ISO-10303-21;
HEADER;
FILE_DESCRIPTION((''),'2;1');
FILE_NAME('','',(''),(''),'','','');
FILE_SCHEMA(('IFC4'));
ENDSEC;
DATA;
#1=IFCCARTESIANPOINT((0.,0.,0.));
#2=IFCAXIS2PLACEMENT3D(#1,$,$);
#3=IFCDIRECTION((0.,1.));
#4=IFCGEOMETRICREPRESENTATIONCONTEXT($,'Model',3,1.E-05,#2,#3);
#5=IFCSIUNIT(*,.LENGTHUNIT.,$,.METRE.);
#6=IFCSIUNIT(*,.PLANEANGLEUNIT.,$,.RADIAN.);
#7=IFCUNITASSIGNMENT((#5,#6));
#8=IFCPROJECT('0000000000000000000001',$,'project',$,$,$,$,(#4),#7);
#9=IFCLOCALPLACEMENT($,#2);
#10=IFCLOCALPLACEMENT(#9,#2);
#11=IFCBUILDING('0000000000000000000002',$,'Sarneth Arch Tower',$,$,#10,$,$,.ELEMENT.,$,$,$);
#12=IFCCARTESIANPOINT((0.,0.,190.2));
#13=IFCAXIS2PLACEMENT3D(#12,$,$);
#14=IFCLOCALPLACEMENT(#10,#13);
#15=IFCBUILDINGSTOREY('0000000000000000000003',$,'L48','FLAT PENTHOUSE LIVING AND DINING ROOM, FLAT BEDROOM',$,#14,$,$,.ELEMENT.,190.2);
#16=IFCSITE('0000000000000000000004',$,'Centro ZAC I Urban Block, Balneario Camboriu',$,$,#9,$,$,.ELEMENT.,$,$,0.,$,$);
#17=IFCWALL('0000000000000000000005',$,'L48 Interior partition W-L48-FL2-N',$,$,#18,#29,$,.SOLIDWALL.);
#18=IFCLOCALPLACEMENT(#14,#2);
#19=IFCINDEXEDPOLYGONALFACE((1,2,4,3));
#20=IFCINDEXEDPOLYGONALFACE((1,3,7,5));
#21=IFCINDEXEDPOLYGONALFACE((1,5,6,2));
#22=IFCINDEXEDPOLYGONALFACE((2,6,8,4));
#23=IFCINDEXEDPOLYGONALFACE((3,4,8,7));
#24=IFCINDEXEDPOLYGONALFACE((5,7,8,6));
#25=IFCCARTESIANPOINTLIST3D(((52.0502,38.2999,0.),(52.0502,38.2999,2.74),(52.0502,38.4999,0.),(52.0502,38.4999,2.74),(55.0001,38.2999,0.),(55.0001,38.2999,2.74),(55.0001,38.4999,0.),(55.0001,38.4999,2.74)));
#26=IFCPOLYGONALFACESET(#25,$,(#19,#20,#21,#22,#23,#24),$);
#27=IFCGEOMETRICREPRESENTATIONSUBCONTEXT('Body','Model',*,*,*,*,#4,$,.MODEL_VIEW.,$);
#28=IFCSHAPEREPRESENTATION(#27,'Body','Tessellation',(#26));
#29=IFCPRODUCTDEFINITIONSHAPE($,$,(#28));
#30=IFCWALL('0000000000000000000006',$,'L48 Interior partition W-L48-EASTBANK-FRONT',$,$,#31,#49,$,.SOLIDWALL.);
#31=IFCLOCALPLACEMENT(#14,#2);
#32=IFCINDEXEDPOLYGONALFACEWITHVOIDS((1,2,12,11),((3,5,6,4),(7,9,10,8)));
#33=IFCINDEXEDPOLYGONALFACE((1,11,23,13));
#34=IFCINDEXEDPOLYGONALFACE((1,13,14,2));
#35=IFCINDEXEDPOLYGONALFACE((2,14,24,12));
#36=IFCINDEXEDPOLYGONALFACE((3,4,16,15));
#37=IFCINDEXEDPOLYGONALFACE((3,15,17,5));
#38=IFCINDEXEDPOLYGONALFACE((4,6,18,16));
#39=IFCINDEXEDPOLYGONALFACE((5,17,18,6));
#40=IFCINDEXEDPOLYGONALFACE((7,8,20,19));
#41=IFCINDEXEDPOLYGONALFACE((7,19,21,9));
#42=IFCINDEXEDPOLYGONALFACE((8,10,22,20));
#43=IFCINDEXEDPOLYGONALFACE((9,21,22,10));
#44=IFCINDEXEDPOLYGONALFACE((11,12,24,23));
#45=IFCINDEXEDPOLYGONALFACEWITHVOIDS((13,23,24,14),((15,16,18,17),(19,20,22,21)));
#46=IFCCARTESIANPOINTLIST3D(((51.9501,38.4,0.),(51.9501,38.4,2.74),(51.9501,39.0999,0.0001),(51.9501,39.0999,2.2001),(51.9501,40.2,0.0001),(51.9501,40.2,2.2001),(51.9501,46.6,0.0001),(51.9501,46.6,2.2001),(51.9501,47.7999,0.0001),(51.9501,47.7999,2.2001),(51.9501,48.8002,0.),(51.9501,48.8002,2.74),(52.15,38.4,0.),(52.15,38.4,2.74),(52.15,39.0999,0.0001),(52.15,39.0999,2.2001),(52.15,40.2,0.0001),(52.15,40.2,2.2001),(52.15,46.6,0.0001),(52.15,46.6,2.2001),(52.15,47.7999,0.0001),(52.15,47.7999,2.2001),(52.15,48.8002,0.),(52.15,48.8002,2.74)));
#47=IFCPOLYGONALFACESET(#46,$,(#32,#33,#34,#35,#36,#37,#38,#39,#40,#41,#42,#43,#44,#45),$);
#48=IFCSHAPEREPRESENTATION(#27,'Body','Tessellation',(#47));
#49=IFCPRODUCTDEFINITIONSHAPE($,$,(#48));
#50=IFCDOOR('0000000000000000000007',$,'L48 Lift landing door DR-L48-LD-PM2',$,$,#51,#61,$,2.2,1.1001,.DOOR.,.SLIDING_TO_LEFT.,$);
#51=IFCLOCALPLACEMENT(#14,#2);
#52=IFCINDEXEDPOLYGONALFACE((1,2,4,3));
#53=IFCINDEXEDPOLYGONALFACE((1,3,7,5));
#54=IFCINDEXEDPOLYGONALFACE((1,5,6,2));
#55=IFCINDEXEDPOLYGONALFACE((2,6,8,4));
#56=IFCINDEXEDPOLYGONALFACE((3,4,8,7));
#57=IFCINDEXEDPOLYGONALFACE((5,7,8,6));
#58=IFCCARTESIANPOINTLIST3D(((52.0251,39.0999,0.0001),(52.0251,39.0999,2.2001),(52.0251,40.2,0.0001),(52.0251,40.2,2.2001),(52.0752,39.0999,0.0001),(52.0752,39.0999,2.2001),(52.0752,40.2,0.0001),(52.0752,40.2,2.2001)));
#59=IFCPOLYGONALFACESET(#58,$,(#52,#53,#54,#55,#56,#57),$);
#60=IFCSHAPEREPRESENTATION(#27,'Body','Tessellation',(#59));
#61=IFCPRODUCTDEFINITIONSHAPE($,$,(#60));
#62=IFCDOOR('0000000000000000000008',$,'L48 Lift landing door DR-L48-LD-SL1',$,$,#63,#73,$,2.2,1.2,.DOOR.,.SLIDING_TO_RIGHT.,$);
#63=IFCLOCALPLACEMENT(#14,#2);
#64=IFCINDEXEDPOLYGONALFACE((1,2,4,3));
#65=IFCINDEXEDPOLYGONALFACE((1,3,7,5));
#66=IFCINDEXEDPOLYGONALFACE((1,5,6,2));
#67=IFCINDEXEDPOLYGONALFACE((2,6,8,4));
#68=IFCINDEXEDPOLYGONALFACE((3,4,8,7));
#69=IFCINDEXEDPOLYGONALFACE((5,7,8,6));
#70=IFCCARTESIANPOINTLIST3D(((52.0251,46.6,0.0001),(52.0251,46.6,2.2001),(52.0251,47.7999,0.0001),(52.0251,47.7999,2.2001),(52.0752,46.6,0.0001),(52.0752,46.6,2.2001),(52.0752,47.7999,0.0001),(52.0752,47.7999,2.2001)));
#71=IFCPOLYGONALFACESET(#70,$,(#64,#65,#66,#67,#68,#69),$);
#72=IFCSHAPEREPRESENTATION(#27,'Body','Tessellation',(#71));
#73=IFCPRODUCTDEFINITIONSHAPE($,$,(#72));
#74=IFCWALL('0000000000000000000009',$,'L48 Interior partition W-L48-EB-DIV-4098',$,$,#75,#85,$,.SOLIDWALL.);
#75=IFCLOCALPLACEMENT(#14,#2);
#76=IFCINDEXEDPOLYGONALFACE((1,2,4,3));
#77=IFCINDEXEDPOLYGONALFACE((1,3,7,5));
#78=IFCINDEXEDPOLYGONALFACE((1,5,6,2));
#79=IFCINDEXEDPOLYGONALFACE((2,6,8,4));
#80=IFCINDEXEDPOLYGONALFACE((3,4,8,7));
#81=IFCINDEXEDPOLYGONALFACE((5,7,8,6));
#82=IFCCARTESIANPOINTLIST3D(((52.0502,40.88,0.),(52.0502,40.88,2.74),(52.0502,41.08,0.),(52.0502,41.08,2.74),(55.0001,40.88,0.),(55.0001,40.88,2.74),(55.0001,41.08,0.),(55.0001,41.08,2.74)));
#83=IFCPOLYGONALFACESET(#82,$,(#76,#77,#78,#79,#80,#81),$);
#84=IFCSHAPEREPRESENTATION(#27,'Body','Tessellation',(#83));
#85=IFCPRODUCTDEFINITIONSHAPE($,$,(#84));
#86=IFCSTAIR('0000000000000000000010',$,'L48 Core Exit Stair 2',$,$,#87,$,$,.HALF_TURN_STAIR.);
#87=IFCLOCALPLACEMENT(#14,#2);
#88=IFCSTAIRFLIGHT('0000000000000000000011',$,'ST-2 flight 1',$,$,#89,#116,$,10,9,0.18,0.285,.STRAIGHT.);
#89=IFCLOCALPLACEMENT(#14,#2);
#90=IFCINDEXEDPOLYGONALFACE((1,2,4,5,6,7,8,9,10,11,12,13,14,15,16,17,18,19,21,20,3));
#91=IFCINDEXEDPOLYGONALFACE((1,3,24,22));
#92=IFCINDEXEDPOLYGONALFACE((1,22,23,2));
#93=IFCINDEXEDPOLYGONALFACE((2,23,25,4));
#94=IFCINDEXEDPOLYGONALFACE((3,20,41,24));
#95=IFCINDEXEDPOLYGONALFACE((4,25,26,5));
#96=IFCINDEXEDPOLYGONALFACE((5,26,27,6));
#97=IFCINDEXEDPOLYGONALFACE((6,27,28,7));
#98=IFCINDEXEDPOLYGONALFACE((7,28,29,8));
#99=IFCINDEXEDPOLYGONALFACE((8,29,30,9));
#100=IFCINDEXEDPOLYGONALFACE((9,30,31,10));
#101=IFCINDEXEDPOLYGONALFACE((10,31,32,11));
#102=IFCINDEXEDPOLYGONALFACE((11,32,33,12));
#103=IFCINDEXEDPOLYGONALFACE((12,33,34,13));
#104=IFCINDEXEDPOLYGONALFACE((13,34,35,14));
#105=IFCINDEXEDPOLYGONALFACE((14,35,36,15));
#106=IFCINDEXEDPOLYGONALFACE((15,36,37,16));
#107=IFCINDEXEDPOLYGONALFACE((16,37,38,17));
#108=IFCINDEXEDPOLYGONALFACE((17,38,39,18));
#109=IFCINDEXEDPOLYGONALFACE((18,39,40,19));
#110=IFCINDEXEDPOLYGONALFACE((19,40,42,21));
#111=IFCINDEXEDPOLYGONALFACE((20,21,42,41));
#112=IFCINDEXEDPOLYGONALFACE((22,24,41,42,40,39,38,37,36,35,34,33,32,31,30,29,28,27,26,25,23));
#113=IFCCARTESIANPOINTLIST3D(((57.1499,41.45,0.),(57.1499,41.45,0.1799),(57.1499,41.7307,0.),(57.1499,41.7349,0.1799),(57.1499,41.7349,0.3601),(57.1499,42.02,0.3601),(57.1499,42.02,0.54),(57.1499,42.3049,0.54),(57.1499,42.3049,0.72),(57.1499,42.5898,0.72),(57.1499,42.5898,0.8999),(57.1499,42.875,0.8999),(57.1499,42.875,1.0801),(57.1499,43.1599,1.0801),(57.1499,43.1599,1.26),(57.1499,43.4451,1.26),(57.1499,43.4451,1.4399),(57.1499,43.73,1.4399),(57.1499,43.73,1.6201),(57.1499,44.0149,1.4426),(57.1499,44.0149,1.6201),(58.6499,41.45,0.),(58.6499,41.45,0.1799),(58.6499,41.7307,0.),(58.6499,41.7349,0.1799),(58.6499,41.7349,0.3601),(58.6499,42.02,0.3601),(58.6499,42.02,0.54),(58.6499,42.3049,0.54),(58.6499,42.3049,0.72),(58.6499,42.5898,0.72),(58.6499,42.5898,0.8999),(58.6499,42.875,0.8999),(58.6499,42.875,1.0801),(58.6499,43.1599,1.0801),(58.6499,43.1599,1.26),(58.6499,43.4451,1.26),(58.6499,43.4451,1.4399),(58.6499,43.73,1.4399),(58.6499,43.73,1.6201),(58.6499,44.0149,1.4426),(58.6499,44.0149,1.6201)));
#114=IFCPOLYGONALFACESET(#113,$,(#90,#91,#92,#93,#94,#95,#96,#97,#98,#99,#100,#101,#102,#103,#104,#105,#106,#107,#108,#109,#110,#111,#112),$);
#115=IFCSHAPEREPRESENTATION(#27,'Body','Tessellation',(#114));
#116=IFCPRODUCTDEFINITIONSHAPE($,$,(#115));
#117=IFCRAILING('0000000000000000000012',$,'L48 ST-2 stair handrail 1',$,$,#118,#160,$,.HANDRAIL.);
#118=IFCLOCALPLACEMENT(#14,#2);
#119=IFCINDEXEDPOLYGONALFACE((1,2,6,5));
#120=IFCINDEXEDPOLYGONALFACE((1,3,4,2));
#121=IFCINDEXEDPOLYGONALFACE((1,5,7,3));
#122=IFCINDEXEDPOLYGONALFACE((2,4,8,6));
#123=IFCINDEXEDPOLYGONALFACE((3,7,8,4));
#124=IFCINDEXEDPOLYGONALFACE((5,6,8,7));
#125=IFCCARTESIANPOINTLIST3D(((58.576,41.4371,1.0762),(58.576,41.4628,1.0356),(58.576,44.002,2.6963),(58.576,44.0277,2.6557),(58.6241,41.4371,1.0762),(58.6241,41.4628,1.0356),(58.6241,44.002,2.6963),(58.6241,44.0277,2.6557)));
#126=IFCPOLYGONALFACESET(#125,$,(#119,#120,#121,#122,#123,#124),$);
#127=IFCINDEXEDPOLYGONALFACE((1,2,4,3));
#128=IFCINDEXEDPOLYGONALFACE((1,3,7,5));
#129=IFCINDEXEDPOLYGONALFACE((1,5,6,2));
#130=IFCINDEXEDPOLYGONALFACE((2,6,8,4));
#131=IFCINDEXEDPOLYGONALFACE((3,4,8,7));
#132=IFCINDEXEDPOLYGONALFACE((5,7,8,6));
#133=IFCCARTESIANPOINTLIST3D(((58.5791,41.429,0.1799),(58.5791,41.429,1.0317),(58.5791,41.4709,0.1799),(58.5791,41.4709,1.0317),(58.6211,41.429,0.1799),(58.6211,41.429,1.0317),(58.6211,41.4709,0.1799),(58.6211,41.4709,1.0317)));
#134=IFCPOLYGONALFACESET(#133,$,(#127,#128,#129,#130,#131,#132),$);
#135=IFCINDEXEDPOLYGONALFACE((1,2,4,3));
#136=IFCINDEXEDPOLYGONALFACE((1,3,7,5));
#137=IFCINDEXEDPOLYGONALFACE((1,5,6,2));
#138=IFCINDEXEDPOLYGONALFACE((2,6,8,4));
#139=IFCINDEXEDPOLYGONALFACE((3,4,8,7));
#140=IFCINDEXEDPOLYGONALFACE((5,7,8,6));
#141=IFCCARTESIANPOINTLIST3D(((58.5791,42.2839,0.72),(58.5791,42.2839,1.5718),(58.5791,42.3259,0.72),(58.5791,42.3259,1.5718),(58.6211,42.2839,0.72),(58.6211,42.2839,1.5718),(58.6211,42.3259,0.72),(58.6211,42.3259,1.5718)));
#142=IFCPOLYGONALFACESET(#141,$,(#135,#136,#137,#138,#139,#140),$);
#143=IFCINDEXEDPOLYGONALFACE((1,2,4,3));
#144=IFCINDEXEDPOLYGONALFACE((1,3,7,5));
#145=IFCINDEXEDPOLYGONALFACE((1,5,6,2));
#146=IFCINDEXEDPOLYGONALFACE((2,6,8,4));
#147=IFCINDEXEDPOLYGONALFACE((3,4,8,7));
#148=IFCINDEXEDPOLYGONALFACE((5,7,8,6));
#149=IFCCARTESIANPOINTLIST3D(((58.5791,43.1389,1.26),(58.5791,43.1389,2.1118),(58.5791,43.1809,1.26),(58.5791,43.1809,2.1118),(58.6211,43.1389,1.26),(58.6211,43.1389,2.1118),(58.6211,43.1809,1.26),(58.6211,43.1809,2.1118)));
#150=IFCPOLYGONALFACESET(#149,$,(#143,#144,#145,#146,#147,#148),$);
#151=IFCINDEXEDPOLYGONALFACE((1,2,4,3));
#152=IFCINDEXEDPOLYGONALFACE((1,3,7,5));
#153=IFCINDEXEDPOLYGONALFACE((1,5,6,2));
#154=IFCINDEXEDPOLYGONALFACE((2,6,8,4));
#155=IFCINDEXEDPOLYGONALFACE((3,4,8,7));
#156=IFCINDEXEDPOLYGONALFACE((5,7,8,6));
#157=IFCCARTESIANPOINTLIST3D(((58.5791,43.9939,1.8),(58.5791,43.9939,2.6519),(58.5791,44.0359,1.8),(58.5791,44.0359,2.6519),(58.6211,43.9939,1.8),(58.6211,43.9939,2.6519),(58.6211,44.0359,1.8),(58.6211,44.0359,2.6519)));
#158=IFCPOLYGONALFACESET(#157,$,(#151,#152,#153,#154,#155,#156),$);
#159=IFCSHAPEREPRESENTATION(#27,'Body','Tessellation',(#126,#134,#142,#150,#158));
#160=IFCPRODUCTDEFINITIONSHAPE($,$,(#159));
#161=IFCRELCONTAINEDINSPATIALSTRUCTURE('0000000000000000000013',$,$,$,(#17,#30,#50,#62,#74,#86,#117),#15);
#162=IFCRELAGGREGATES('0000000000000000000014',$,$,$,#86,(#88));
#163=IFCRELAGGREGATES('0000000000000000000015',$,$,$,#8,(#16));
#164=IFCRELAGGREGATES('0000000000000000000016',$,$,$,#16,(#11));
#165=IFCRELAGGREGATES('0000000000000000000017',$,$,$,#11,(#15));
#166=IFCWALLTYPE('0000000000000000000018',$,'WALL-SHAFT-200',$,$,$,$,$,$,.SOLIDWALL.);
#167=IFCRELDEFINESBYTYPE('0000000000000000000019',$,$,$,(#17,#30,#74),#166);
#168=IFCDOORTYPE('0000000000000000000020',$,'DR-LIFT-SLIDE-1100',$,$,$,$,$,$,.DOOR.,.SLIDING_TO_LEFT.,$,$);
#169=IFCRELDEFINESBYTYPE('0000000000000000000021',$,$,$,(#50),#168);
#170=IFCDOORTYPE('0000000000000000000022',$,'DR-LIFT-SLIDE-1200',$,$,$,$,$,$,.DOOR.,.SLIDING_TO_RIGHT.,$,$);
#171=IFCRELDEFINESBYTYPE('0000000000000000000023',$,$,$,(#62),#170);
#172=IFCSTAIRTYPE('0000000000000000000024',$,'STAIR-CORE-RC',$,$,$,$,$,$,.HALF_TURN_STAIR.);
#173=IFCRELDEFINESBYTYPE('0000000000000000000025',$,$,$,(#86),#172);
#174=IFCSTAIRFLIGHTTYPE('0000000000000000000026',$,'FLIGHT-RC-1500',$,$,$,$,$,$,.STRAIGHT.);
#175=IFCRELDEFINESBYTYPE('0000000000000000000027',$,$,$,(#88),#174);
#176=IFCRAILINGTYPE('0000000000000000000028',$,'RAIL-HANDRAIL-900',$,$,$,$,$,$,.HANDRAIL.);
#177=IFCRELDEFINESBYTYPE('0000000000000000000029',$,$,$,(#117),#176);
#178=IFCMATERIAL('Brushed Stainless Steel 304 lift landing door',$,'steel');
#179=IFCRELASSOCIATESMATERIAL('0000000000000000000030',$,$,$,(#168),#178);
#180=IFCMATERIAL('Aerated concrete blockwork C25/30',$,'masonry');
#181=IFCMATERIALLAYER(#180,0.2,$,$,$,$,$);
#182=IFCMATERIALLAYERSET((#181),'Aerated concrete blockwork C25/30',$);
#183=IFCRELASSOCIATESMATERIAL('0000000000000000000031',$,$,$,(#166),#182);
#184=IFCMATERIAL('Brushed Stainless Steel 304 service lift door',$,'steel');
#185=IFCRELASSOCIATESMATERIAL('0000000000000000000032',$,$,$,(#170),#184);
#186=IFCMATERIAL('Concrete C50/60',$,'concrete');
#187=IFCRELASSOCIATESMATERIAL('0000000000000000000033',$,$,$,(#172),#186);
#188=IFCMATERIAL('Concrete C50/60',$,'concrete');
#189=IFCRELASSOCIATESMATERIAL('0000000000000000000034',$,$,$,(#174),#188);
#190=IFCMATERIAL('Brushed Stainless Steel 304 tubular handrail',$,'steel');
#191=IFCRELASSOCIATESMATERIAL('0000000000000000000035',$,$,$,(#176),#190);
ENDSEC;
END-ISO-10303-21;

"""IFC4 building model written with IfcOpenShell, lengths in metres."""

from ifc_helpers import new_model, si_unit, direction, frame, frame_2d, origin, origin_2d, place, context, subcontext, project, spatial, polyline, rectangle, outline, extrude, material, layer, layer_set, type_object, element, fill, aggregate, save


model = new_model("IFC4")

# Units and contexts
model_context = context("Model", 3, precision=1e-05, world=origin(), true_north=direction((0.0, 1.0)))
body_context = subcontext(model_context, "Body", "Model", "MODEL_VIEW")
ifc_project = project(units=[si_unit("LENGTHUNIT", "METRE"), si_unit("PLANEANGLEUNIT", "RADIAN")], contexts=[model_context])

# Site, building, storey
site_placement = place(None, origin())
site = spatial("IfcSite", under=ifc_project, at=site_placement, Name="Centro ZAC I Urban Block, Balneario Camboriu", CompositionType="ELEMENT", RefElevation=0.0)
building_placement = place(site_placement, origin())
building = spatial("IfcBuilding", under=site, at=building_placement, Name="Sarneth Arch Tower", CompositionType="ELEMENT")
storey_placement = place(building_placement, frame((0.0, 0.0, 190.2)))
storey = spatial("IfcBuildingStorey", under=building, at=storey_placement, Name="L48", Description="FLAT PENTHOUSE LIVING AND DINING ROOM, FLAT BEDROOM", CompositionType="ELEMENT", Elevation=190.2)

# Shared definitions
ifc_material_1 = material(Name="Brushed Stainless Steel 304 lift landing door", Category="steel")
door_type_1 = type_object("IfcDoorType", Name="DR-LIFT-SLIDE-1100", OperationType="SLIDING_TO_LEFT", PredefinedType="DOOR", material=ifc_material_1)

# Shared definitions
ifc_material_2 = material(Name="Aerated concrete blockwork C25/30", Category="masonry")
ifc_layer_1 = layer(ifc_material_2, 0.2)
ifc_layer_set_1 = layer_set([ifc_layer_1], Name="Aerated concrete blockwork C25/30")
wall_type_1 = type_object("IfcWallType", Name="WALL-SHAFT-200", PredefinedType="SOLIDWALL", material=ifc_layer_set_1)

# Wall
wall_1_placement = place(storey_placement, frame((52.05, 38.3999, 0.0), z_axis=(0.0, 0.0, 1.0), x_axis=(1.0, 0.0, 0.0)))
element("IfcWall", 1, at=wall_1_placement, inside=storey, type_object=wall_type_1, Name="L48 Interior partition W-L48-FL2-N", PredefinedType="SOLIDWALL", context=body_context, shape_type="SweptSolid", body=[
    extrude(rectangle(XDim=2.95, YDim=0.2, at=frame_2d((1.4751, 0.0))), origin(), (0.0, 0.0, 1.0), 2.74),
])

# Wall, openings, doors
wall_2_placement = place(storey_placement, frame((52.05, 38.3999, 0.0), z_axis=(0.0, 0.0, 1.0), x_axis=(0.0, 1.0, 0.0)))
wall_2 = element("IfcWall", 2, at=wall_2_placement, inside=storey, type_object=wall_type_1, Name="L48 Interior partition W-L48-EASTBANK-FRONT", PredefinedType="SOLIDWALL", context=body_context, shape_type="SweptSolid", body=[
    extrude(rectangle(XDim=10.4001, YDim=0.2, at=frame_2d((5.2002, 0.0))), origin(), (0.0, 0.0, 1.0), 2.74),
])
opening_1_placement = place(wall_2_placement, frame((0.7, 0.0, 0.0)))
opening_1 = element("IfcOpeningElement", 3, at=opening_1_placement, cuts=wall_2, PredefinedType="OPENING", context=body_context, shape_type="SweptSolid", body=[
    extrude(rectangle(XDim=1.1001, YDim=2.2, at=frame_2d((0.55, 1.1001))), frame((0.0, 0.1099, 0.0), z_axis=(0.0, -1.0, 0.0), x_axis=(1.0, 0.0, 0.0)), (0.0, 0.0, 1.0), 0.22),
])
opening_2_placement = place(wall_2_placement, frame((8.2, 0.0, 0.0)))
opening_2 = element("IfcOpeningElement", 4, at=opening_2_placement, cuts=wall_2, PredefinedType="OPENING", context=body_context, shape_type="SweptSolid", body=[
    extrude(rectangle(XDim=1.2, YDim=2.2, at=frame_2d((0.6001, 1.1001))), frame((0.0, 0.1099, 0.0), z_axis=(0.0, -1.0, 0.0), x_axis=(1.0, 0.0, 0.0)), (0.0, 0.0, 1.0), 0.22),
])
door_1_placement = place(opening_1_placement, origin())
door_1 = element("IfcDoor", 5, at=door_1_placement, inside=storey, type_object=door_type_1, Name="L48 Lift landing door DR-L48-LD-PM2", OperationType="SLIDING_TO_LEFT", OverallHeight=2.2, OverallWidth=1.1001, PredefinedType="DOOR", context=body_context, shape_type="SweptSolid", body=[
    extrude(rectangle(XDim=1.1001, YDim=2.2, at=frame_2d((0.55, 1.1001))), frame((0.0, 0.0249, 0.0), z_axis=(0.0, -1.0, 0.0), x_axis=(1.0, 0.0, 0.0)), (0.0, 0.0, 1.0), 0.05),
])
fill(opening_1, door_1)
ifc_material_3 = material(Name="Brushed Stainless Steel 304 service lift door", Category="steel")
door_type_2 = type_object("IfcDoorType", Name="DR-LIFT-SLIDE-1200", OperationType="SLIDING_TO_RIGHT", PredefinedType="DOOR", material=ifc_material_3)
door_2_placement = place(opening_2_placement, origin())
door_2 = element("IfcDoor", 6, at=door_2_placement, inside=storey, type_object=door_type_2, Name="L48 Lift landing door DR-L48-LD-SL1", OperationType="SLIDING_TO_RIGHT", OverallHeight=2.2, OverallWidth=1.2, PredefinedType="DOOR", context=body_context, shape_type="SweptSolid", body=[
    extrude(rectangle(XDim=1.2, YDim=2.2, at=frame_2d((0.6001, 1.1001))), frame((0.0, 0.0249, 0.0), z_axis=(0.0, -1.0, 0.0), x_axis=(1.0, 0.0, 0.0)), (0.0, 0.0, 1.0), 0.05),
])
fill(opening_2, door_2)

# Wall
wall_3_placement = place(storey_placement, frame((52.05, 40.98, 0.0), z_axis=(0.0, 0.0, 1.0), x_axis=(1.0, 0.0, 0.0)))
element("IfcWall", 7, at=wall_3_placement, inside=storey, type_object=wall_type_1, Name="L48 Interior partition W-L48-EB-DIV-4098", PredefinedType="SOLIDWALL", context=body_context, shape_type="SweptSolid", body=[
    extrude(rectangle(XDim=2.95, YDim=0.2, at=frame_2d((1.4751, 0.0))), origin(), (0.0, 0.0, 1.0), 2.74),
])

# Stair, stair flight
ifc_material_4 = material(Name="Concrete C50/60", Category="concrete")
stair_type = type_object("IfcStairType", Name="STAIR-CORE-RC", PredefinedType="HALF_TURN_STAIR", material=ifc_material_4)
stair_placement = place(storey_placement, origin())
stair = element("IfcStair", 8, at=stair_placement, inside=storey, type_object=stair_type, Name="L48 Core Exit Stair 2", PredefinedType="HALF_TURN_STAIR")
ifc_material_5 = material(Name="Concrete C50/60", Category="concrete")
stair_flight_type = type_object("IfcStairFlightType", Name="FLIGHT-RC-1500", PredefinedType="STRAIGHT", material=ifc_material_5)
stair_flight_placement = place(storey_placement, frame((57.8999, 41.45, 0.0), z_axis=(0.0, 0.0, 1.0), x_axis=(0.0, 1.0, 0.0)))
stair_flight = element("IfcStairFlight", 9, at=stair_flight_placement, type_object=stair_flight_type, Name="ST-2 flight 1", NumberOfRisers=10, NumberOfTreads=9, PredefinedType="STRAIGHT", RiserHeight=0.18, TreadLength=0.285, context=body_context, shape_type="SweptSolid", body=[
    extrude(outline(polyline([(0.0, 0.0), (0.0, 0.1799), (0.2849, 0.1799), (0.2849, 0.3601), (0.5701, 0.3601), (0.5701, 0.54), (0.855, 0.54), (0.855, 0.72), (1.1399, 0.72), (1.1399, 0.8999), (1.425, 0.8999), (1.425, 1.0801), (1.71, 1.0801), (1.71, 1.26), (1.9951, 1.26), (1.9951, 1.4399), (2.28, 1.4399), (2.28, 1.6201), (2.5649, 1.6201), (2.5649, 1.8), (2.5649, 1.4426), (0.2808, 0.0), (0.0, 0.0)])), frame((0.0, 0.75, 0.0), z_axis=(0.0, -1.0, 0.0), x_axis=(1.0, 0.0, 0.0)), (0.0, 0.0, 1.0), 1.5),
])
aggregate(stair, [stair_flight])

# Railing
ifc_material_6 = material(Name="Brushed Stainless Steel 304 tubular handrail", Category="steel")
railing_type_1 = type_object("IfcRailingType", Name="RAIL-HANDRAIL-900", PredefinedType="HANDRAIL", material=ifc_material_6)
railing_1_placement = place(storey_placement, frame((58.6001, 41.45, 0.1799)))
element("IfcRailing", 10, at=railing_1_placement, inside=storey, type_object=railing_type_1, Name="L48 ST-2 stair handrail 1", PredefinedType="HANDRAIL", context=body_context, shape_type="SweptSolid", body=[
    extrude(rectangle(XDim=0.0481, YDim=0.0481, at=origin_2d()), frame((0.0, 0.0, 0.876), z_axis=(0.0, 0.845466, 0.534029), x_axis=(-1.0, 0.0, 0.0)), (0.0, 0.0, 1.0), 3.0337),
    extrude(rectangle(XDim=0.042, YDim=0.042, at=origin_2d()), origin(), (0.0, 0.0, 1.0), 0.8518),
    extrude(rectangle(XDim=0.042, YDim=0.042, at=origin_2d()), frame((0.0, 0.855, 0.54)), (0.0, 0.0, 1.0), 0.8518),
    extrude(rectangle(XDim=0.042, YDim=0.042, at=origin_2d()), frame((0.0, 1.71, 1.0801)), (0.0, 0.0, 1.0), 0.8518),
    extrude(rectangle(XDim=0.042, YDim=0.042, at=origin_2d()), frame((0.0, 2.5649, 1.6201)), (0.0, 0.0, 1.0), 0.8518),
])

save(model, "model.ifc")
